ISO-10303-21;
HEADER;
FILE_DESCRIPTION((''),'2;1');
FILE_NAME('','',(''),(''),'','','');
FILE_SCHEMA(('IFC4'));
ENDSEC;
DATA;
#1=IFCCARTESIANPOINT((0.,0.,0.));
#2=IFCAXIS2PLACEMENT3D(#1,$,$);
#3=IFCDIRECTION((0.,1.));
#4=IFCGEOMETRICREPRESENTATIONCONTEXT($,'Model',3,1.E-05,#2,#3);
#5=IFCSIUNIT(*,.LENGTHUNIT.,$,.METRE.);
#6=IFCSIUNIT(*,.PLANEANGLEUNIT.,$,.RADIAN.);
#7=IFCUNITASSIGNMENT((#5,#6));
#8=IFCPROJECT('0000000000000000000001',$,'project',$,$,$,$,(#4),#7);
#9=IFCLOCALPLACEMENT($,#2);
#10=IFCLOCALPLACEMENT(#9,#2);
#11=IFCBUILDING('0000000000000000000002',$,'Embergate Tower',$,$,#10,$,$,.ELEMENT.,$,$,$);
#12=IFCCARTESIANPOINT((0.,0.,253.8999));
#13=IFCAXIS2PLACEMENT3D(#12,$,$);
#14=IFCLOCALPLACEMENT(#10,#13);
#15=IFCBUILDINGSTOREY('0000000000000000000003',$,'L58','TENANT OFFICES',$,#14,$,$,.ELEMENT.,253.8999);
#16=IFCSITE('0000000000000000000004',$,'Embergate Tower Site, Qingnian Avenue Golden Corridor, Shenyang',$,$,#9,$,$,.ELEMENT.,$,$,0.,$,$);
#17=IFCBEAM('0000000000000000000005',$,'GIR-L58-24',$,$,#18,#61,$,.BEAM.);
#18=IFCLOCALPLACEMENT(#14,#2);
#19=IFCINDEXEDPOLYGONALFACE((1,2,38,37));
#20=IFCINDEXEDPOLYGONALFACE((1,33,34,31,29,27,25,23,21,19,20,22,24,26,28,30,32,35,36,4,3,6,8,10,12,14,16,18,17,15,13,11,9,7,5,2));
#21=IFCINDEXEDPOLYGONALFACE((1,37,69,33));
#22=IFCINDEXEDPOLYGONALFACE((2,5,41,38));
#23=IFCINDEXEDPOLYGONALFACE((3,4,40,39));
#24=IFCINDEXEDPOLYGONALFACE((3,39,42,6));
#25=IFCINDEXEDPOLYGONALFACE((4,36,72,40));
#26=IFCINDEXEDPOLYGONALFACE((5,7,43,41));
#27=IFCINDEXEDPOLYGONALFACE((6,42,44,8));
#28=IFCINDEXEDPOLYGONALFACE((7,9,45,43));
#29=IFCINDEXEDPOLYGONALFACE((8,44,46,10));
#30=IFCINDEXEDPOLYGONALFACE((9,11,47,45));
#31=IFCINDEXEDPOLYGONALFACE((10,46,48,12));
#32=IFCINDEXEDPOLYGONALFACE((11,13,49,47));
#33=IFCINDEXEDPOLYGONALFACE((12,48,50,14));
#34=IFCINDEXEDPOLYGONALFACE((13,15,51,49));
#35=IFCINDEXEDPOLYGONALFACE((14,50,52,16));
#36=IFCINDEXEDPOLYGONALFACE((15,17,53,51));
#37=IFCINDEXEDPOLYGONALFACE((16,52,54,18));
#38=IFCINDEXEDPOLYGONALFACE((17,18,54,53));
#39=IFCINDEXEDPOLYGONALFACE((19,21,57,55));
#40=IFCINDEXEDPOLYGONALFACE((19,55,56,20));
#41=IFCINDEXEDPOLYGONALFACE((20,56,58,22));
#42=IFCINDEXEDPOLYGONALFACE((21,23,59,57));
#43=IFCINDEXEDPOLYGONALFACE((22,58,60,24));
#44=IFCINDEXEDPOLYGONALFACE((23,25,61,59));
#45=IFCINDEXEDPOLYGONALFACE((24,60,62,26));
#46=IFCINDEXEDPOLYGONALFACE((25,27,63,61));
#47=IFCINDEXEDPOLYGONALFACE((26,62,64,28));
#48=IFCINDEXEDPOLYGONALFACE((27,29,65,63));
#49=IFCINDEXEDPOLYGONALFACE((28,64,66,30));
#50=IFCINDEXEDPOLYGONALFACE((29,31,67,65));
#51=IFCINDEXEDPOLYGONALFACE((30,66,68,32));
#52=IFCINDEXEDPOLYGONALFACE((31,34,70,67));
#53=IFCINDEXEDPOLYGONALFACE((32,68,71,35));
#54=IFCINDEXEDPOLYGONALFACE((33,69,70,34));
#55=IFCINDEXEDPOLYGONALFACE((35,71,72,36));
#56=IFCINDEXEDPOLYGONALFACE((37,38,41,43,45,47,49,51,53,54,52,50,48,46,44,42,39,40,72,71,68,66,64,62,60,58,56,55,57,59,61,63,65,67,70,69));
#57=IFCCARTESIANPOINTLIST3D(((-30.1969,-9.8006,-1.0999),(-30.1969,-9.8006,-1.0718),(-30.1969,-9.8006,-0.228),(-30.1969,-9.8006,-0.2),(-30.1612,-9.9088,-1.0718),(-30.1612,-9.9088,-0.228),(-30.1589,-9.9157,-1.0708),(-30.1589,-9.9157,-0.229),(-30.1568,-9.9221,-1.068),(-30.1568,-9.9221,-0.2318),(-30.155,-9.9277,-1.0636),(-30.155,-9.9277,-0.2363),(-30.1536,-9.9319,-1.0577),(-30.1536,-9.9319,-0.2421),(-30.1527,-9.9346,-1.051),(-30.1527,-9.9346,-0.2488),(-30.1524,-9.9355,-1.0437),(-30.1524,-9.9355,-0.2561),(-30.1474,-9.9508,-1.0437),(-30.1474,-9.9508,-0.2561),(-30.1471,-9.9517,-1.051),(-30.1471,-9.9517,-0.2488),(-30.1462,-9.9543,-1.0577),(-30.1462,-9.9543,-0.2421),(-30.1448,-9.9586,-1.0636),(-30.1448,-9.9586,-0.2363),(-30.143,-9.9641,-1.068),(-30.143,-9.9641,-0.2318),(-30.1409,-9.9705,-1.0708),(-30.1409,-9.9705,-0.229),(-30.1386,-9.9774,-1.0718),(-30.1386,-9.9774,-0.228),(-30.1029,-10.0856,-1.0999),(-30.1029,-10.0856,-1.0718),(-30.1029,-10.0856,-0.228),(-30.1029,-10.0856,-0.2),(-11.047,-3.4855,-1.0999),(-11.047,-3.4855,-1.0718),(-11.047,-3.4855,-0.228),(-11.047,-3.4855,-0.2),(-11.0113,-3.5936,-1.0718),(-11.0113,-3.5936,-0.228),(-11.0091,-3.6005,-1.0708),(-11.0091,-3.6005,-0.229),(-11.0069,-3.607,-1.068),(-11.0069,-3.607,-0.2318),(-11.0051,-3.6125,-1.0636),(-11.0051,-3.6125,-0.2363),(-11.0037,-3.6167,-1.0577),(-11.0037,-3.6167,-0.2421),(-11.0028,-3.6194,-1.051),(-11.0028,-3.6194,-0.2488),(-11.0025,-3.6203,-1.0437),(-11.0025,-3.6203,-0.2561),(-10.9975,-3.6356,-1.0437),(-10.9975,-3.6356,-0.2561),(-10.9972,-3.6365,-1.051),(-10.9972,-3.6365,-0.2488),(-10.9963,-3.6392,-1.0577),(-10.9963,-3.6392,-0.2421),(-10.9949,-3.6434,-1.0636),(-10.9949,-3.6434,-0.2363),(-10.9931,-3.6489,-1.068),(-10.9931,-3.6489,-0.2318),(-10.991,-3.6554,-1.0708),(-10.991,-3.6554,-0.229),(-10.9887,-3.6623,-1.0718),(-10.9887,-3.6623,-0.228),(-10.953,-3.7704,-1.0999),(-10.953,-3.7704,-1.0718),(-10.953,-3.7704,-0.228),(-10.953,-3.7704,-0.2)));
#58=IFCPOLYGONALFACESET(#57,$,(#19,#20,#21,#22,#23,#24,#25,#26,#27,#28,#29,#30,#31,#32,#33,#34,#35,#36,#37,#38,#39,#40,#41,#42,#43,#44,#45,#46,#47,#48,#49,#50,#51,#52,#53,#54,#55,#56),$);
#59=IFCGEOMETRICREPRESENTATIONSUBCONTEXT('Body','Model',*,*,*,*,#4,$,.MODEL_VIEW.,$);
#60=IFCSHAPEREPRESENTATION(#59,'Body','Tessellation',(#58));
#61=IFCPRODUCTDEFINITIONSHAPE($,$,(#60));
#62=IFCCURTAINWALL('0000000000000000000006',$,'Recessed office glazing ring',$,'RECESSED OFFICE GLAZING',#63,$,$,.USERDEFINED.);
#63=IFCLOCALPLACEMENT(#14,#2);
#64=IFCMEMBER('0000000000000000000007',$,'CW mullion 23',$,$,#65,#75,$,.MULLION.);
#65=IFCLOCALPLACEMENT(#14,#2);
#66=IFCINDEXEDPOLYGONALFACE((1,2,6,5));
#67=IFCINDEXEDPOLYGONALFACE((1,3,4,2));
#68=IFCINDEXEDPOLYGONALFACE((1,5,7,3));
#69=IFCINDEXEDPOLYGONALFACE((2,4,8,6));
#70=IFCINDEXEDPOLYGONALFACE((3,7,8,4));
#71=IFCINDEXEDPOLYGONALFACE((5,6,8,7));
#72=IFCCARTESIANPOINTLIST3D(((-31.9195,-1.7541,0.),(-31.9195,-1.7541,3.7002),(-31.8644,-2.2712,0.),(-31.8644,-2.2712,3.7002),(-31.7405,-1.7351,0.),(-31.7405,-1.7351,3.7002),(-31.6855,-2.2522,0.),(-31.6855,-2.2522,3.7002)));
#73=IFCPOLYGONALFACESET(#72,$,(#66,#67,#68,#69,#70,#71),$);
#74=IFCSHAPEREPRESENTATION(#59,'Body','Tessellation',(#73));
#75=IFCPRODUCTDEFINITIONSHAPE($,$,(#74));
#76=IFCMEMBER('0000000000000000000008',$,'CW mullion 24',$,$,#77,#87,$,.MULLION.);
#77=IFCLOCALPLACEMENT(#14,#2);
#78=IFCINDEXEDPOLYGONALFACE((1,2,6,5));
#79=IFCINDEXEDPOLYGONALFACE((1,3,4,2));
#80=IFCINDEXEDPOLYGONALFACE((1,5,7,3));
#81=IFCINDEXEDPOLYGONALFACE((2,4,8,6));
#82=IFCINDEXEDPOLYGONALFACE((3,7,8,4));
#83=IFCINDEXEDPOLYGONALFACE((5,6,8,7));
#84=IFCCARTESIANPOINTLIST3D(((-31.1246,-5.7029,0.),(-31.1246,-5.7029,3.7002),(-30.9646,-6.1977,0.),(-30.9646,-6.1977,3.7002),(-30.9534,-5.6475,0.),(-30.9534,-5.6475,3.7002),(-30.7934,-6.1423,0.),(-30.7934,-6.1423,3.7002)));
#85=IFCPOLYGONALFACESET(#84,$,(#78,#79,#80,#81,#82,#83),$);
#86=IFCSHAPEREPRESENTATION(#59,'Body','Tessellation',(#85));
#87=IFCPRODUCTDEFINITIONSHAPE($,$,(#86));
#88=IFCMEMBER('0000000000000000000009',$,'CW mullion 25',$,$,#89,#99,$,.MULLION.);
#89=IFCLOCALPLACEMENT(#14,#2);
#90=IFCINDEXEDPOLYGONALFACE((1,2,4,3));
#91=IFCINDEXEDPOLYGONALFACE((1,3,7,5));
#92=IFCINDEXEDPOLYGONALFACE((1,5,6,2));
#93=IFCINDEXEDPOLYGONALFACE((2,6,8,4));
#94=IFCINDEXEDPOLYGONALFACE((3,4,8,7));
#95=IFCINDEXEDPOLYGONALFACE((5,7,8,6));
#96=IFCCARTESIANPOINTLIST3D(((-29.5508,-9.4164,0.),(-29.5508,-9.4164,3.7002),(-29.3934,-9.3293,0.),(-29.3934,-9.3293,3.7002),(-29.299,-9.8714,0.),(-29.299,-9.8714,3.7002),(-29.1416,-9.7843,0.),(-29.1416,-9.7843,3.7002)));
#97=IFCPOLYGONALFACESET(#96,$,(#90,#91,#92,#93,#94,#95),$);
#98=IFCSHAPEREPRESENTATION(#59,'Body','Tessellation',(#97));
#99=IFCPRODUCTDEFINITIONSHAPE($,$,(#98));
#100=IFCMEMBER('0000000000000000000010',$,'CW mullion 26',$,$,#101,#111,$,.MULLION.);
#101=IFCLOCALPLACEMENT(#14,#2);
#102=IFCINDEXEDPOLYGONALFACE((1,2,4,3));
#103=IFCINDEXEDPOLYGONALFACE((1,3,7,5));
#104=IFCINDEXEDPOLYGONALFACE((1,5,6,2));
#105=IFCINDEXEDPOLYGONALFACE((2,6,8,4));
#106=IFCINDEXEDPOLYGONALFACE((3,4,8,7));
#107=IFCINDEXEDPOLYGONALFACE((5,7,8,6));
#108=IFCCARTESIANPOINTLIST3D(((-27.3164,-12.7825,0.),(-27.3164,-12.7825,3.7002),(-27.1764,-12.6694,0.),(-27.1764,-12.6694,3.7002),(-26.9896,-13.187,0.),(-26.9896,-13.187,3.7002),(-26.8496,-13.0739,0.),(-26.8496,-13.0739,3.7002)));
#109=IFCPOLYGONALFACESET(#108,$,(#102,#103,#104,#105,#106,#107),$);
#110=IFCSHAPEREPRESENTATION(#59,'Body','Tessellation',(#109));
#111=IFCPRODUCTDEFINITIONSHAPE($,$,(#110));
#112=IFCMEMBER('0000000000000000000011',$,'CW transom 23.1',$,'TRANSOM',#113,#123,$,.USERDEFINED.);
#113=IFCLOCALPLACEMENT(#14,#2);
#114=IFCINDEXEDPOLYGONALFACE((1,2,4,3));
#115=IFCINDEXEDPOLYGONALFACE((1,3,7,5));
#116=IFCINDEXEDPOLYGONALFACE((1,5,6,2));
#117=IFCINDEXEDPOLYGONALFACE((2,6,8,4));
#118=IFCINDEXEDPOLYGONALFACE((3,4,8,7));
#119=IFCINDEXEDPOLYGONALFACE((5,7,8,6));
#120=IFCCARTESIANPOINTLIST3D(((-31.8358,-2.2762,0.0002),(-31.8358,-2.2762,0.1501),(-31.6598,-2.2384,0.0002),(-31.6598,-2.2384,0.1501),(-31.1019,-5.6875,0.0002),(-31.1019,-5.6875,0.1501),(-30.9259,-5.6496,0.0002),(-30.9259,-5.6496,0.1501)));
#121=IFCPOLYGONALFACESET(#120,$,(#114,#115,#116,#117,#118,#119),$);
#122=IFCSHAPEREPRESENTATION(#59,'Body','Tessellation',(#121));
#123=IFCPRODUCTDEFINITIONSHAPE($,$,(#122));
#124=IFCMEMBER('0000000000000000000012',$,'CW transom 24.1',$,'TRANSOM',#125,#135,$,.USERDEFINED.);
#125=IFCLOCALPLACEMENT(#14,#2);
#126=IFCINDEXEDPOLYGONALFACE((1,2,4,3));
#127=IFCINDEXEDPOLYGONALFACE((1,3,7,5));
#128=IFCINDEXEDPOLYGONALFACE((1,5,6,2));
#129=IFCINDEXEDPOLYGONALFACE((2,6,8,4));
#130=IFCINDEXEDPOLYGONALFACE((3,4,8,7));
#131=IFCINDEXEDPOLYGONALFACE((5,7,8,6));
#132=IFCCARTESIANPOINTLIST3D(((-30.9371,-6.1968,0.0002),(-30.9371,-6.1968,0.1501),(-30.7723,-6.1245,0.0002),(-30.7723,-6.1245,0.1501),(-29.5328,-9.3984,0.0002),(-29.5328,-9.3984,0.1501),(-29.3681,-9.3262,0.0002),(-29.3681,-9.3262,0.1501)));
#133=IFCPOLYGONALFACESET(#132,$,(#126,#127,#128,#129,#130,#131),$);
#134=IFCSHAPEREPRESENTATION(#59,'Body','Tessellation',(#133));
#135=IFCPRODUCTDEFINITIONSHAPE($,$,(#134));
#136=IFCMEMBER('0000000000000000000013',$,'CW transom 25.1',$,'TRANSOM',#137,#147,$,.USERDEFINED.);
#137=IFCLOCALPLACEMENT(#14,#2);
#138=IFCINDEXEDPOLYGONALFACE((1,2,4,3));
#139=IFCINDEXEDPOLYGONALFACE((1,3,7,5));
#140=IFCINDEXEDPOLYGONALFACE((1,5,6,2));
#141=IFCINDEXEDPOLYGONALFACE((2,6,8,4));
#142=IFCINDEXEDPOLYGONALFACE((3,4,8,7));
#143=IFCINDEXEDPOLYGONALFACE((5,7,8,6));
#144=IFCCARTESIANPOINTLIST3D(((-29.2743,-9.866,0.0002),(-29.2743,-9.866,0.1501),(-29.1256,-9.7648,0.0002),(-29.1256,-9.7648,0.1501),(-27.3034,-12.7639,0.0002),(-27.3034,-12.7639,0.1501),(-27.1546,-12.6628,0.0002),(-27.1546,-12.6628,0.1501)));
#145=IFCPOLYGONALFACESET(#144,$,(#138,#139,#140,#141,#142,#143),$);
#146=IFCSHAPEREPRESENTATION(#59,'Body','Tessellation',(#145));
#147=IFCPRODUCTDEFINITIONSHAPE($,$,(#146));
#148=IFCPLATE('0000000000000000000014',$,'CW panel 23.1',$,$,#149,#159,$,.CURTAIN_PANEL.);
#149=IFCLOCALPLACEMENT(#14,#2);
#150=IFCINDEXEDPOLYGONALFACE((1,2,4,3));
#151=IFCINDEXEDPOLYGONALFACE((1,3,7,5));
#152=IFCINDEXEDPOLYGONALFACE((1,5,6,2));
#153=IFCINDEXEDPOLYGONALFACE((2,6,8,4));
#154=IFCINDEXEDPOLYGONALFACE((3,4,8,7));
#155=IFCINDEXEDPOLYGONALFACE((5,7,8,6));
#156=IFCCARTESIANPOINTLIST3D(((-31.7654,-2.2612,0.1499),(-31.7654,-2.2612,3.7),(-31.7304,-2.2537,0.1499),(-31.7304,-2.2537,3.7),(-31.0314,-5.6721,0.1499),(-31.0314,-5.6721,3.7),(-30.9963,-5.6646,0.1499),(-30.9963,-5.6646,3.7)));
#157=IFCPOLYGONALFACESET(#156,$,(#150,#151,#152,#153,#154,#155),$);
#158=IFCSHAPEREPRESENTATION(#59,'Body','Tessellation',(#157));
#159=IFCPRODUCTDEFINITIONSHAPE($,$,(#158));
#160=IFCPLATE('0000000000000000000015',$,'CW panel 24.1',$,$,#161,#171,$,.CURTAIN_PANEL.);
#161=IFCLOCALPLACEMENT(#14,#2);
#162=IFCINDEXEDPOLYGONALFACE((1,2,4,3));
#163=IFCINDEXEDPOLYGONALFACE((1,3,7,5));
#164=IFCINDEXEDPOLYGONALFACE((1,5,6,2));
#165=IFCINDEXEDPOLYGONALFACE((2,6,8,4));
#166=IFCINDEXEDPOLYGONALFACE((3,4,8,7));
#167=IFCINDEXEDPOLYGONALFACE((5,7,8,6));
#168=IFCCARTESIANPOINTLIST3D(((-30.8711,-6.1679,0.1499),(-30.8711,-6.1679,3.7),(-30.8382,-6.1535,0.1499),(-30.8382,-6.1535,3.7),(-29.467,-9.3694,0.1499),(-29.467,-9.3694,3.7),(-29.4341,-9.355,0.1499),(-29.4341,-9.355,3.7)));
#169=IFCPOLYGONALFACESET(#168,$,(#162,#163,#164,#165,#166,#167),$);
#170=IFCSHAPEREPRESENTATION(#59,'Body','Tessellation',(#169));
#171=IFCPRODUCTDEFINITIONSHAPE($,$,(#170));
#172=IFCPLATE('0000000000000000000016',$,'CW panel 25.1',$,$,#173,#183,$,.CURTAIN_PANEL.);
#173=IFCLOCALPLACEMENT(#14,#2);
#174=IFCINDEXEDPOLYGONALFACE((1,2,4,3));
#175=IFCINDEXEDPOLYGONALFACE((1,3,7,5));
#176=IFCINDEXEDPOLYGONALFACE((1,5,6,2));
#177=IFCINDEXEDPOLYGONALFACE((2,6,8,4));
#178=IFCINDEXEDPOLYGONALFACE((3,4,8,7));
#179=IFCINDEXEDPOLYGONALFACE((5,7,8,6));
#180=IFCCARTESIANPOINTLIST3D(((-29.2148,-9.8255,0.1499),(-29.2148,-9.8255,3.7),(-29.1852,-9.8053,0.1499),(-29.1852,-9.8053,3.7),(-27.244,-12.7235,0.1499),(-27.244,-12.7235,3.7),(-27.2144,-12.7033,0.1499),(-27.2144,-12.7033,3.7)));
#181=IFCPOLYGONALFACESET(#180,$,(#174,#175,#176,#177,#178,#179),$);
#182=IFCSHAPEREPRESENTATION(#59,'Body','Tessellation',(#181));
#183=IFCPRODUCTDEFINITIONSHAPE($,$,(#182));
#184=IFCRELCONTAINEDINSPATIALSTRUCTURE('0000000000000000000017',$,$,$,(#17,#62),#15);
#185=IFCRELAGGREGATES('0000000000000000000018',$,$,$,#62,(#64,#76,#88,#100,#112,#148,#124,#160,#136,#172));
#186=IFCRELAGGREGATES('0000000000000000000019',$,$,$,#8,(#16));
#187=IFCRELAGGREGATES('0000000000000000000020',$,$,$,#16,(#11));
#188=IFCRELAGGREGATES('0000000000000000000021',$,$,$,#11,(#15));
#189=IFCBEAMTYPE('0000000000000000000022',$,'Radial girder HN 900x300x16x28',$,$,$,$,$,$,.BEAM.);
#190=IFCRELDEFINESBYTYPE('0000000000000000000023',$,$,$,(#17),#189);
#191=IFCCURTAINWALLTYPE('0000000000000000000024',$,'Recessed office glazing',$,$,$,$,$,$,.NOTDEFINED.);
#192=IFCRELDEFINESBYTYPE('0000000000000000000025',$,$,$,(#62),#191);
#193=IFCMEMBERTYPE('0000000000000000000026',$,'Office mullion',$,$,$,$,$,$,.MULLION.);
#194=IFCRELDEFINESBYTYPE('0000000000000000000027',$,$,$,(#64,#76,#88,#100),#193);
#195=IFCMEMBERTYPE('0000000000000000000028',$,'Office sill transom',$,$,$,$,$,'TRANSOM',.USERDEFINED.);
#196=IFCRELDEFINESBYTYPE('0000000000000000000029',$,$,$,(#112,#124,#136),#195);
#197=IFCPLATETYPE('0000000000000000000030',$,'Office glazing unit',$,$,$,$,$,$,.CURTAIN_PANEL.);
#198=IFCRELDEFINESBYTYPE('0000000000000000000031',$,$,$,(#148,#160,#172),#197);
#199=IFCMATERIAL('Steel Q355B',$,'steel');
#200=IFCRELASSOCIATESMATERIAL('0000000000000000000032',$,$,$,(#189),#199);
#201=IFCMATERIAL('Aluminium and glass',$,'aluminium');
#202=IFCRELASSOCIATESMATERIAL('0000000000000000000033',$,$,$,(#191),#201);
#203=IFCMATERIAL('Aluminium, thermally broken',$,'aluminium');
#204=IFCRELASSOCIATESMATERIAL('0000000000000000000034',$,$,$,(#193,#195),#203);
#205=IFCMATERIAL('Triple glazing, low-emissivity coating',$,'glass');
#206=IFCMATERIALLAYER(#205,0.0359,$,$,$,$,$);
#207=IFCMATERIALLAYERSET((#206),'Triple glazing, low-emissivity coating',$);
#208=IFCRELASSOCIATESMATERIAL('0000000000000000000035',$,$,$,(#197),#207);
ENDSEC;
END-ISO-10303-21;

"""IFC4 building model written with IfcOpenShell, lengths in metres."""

from ifc_helpers import new_model, si_unit, direction, frame, origin, origin_2d, place, context, subcontext, project, spatial, rectangle, i_section, extrude, source, transform, mapped, material, layer, layer_set, material_profile, profile_set, type_object, element, aggregate, save


model = new_model("IFC4")

# Units and contexts
model_context = context("Model", 3, precision=1e-05, world=origin(), true_north=direction((0.0, 1.0)))
body_context = subcontext(model_context, "Body", "Model", "MODEL_VIEW")
ifc_project = project(units=[si_unit("LENGTHUNIT", "METRE"), si_unit("PLANEANGLEUNIT", "RADIAN")], contexts=[model_context])

# Site, building, storey
site_placement = place(None, origin())
site = spatial("IfcSite", under=ifc_project, at=site_placement, Name="Embergate Tower Site, Qingnian Avenue Golden Corridor, Shenyang", CompositionType="ELEMENT", RefElevation=0.0)
building_placement = place(site_placement, origin())
building = spatial("IfcBuilding", under=site, at=building_placement, Name="Embergate Tower", CompositionType="ELEMENT")
storey_placement = place(building_placement, frame((0.0, 0.0, 253.8999)))
storey = spatial("IfcBuildingStorey", under=building, at=storey_placement, Name="L58", Description="TENANT OFFICES", CompositionType="ELEMENT", Elevation=253.8999)

# Beam
ifc_material_1 = material(Name="Steel Q355B", Category="steel")
ifc_material_profile_1 = material_profile(ifc_material_1, i_section(OverallWidth=0.3, OverallDepth=0.8999, WebThickness=0.0161, FlangeThickness=0.0281, FilletRadius=0.0281, at=origin_2d()), Name="HN 900x300x16x28")
ifc_profile_set_1 = profile_set([ifc_material_profile_1], Name="Steel Q355 grade B")
beam_type_1 = type_object("IfcBeamType", Name="Radial girder HN 900x300x16x28", PredefinedType="BEAM", material=ifc_profile_set_1)
shared_shape_1 = source(origin(), body_context, "Body", "SweptSolid", [
    extrude(i_section(OverallWidth=0.3, OverallDepth=0.8999, WebThickness=0.0161, FlangeThickness=0.0281, FilletRadius=0.0281, at=origin_2d()), origin(), (0.0, 0.0, 1.0), 20.1643),
])
beam_1_placement = place(storey_placement, frame((-30.1499, -9.9431, -0.6499), z_axis=(0.949692, 0.313186, 0.0), x_axis=(-0.313186, 0.949692, 0.0)))
element("IfcBeam", 1, at=beam_1_placement, inside=storey, type_object=beam_type_1, Name="GIR-L58-24", PredefinedType="BEAM", context=body_context, shape_type="MappedRepresentation", body=[
    mapped(shared_shape_1, transform((0.0, 0.0, 0.0))),
])

# Curtain wall, members, plates
ifc_material_2 = material(Name="Aluminium and glass", Category="aluminium")
curtain_wall_type = type_object("IfcCurtainWallType", Name="Recessed office glazing", PredefinedType="NOTDEFINED", material=ifc_material_2)
curtain_wall_placement = place(storey_placement, origin())
curtain_wall = element("IfcCurtainWall", 2, at=curtain_wall_placement, inside=storey, type_object=curtain_wall_type, Name="Recessed office glazing ring", ObjectType="RECESSED OFFICE GLAZING", PredefinedType="USERDEFINED")
ifc_material_3 = material(Name="Aluminium, thermally broken", Category="aluminium")
ifc_material_profile_2 = material_profile(ifc_material_3, rectangle(XDim=0.1799, YDim=0.52, at=origin_2d()), Name="AL 520x180")
ifc_profile_set_2 = profile_set([ifc_material_profile_2], Name="Aluminium, thermally broken")
member_type_1 = type_object("IfcMemberType", Name="Office mullion", PredefinedType="MULLION", material=ifc_profile_set_2)
shared_shape_2 = source(origin(), body_context, "Body", "SweptSolid", [
    extrude(rectangle(XDim=0.1799, YDim=0.52, at=origin_2d()), origin(), (0.0, 0.0, 1.0), 3.7002),
])
member_1_placement = place(storey_placement, frame((-31.8025, -2.0032, 0.0), z_axis=(0.0, 0.0, 1.0), x_axis=(0.994384, 0.105828, 0.0)))
member_1 = element("IfcMember", 3, at=member_1_placement, type_object=member_type_1, Name="CW mullion 23", PredefinedType="MULLION", context=body_context, shape_type="MappedRepresentation", body=[
    mapped(shared_shape_2, transform((0.0, 0.0, 0.0))),
])
member_2_placement = place(storey_placement, frame((-30.959, -5.9226, 0.0), z_axis=(0.0, 0.0, 1.0), x_axis=(0.951494, 0.307667, 0.0)))
member_2 = element("IfcMember", 4, at=member_2_placement, type_object=member_type_1, Name="CW mullion 24", PredefinedType="MULLION", context=body_context, shape_type="MappedRepresentation", body=[
    mapped(shared_shape_2, transform((0.0, 0.0, 0.0))),
])
member_3_placement = place(storey_placement, frame((-29.3462, -9.6003, 0.0), z_axis=(0.0, 0.0, 1.0), x_axis=(0.874994, 0.484133, 0.0)))
member_3 = element("IfcMember", 5, at=member_3_placement, type_object=member_type_1, Name="CW mullion 25", PredefinedType="MULLION", context=body_context, shape_type="MappedRepresentation", body=[
    mapped(shared_shape_2, transform((0.0, 0.0, 0.0))),
])
member_4_placement = place(storey_placement, frame((-27.083, -12.9282, 0.0), z_axis=(0.0, 0.0, 1.0), x_axis=(0.777864, 0.628433, 0.0)))
member_4 = element("IfcMember", 6, at=member_4_placement, type_object=member_type_1, Name="CW mullion 26", PredefinedType="MULLION", context=body_context, shape_type="MappedRepresentation", body=[
    mapped(shared_shape_2, transform((0.0, 0.0, 0.0))),
])
ifc_material_profile_3 = material_profile(ifc_material_3, rectangle(XDim=0.1799, YDim=0.1499, at=origin_2d()), Name="AL 150x180")
ifc_profile_set_3 = profile_set([ifc_material_profile_3], Name="Aluminium, thermally broken")
member_type_2 = type_object("IfcMemberType", Name="Office sill transom", ElementType="TRANSOM", PredefinedType="USERDEFINED", material=ifc_profile_set_3)
shared_shape_3 = source(origin(), body_context, "Body", "SweptSolid", [
    extrude(rectangle(XDim=0.1799, YDim=0.1499, at=origin_2d()), origin(), (0.0, 0.0, 1.0), 3.4893),
])
member_5_placement = place(storey_placement, frame((-31.7478, -2.2573, 0.0752), z_axis=(0.210332, -0.97763, 0.0), x_axis=(0.97763, 0.210332, 0.0)))
member_5 = element("IfcMember", 7, at=member_5_placement, type_object=member_type_2, Name="CW transom 23.1", ObjectType="TRANSOM", PredefinedType="USERDEFINED", context=body_context, shape_type="MappedRepresentation", body=[
    mapped(shared_shape_3, transform((0.0, 0.0, 0.0))),
])
shared_shape_4 = source(origin(), body_context, "Body", "SweptSolid", [
    extrude(rectangle(XDim=0.1799, YDim=0.1499, at=origin_2d()), origin(), (0.0, 0.0, 1.0), 3.4961),
])
member_6_placement = place(storey_placement, frame((-30.8547, -6.1606, 0.0752), z_axis=(0.401676, -0.915782, 0.0), x_axis=(0.915782, 0.401676, 0.0)))
member_6 = element("IfcMember", 8, at=member_6_placement, type_object=member_type_2, Name="CW transom 24.1", ObjectType="TRANSOM", PredefinedType="USERDEFINED", context=body_context, shape_type="MappedRepresentation", body=[
    mapped(shared_shape_4, transform((0.0, 0.0, 0.0))),
])
shared_shape_5 = source(origin(), body_context, "Body", "SweptSolid", [
    extrude(rectangle(XDim=0.1799, YDim=0.1499, at=origin_2d()), origin(), (0.0, 0.0, 1.0), 3.5046),
])
member_7_placement = place(storey_placement, frame((-29.2, -9.8154, 0.0752), z_axis=(0.562377, -0.826881, 0.0), x_axis=(0.826881, 0.562377, 0.0)))
member_7 = element("IfcMember", 9, at=member_7_placement, type_object=member_type_2, Name="CW transom 25.1", ObjectType="TRANSOM", PredefinedType="USERDEFINED", context=body_context, shape_type="MappedRepresentation", body=[
    mapped(shared_shape_5, transform((0.0, 0.0, 0.0))),
])
ifc_material_4 = material(Name="Triple glazing, low-emissivity coating", Category="glass")
ifc_layer_1 = layer(ifc_material_4, 0.0359)
ifc_layer_set_1 = layer_set([ifc_layer_1], Name="Triple glazing, low-emissivity coating")
plate_type = type_object("IfcPlateType", Name="Office glazing unit", PredefinedType="CURTAIN_PANEL", material=ifc_layer_set_1)
shared_shape_6 = source(origin(), body_context, "Body", "SweptSolid", [
    extrude(rectangle(XDim=3.489, YDim=0.0359, at=origin_2d()), origin(), (0.0, 0.0, 1.0), 3.55),
])
plate_1_placement = place(storey_placement, frame((-31.3809, -3.9629, 0.1499), z_axis=(0.0, 0.0, 1.0), x_axis=(0.210402, -0.977615, 0.0)))
plate_1 = element("IfcPlate", 10, at=plate_1_placement, type_object=plate_type, Name="CW panel 23.1", PredefinedType="CURTAIN_PANEL", context=body_context, shape_type="MappedRepresentation", body=[
    mapped(shared_shape_6, transform((0.0, 0.0, 0.0))),
])
shared_shape_7 = source(origin(), body_context, "Body", "SweptSolid", [
    extrude(rectangle(XDim=3.4958, YDim=0.0359, at=origin_2d()), origin(), (0.0, 0.0, 1.0), 3.55),
])
plate_2_placement = place(storey_placement, frame((-30.1526, -7.7615, 0.1499), z_axis=(0.0, 0.0, 1.0), x_axis=(0.401657, -0.91579, 0.0)))
plate_2 = element("IfcPlate", 11, at=plate_2_placement, type_object=plate_type, Name="CW panel 24.1", PredefinedType="CURTAIN_PANEL", context=body_context, shape_type="MappedRepresentation", body=[
    mapped(shared_shape_7, transform((0.0, 0.0, 0.0))),
])
shared_shape_8 = source(origin(), body_context, "Body", "SweptSolid", [
    extrude(rectangle(XDim=3.5046, YDim=0.0359, at=origin_2d()), origin(), (0.0, 0.0, 1.0), 3.55),
])
plate_3_placement = place(storey_placement, frame((-28.2146, -11.2644, 0.1499), z_axis=(0.0, 0.0, 1.0), x_axis=(0.562346, -0.826902, 0.0)))
plate_3 = element("IfcPlate", 12, at=plate_3_placement, type_object=plate_type, Name="CW panel 25.1", PredefinedType="CURTAIN_PANEL", context=body_context, shape_type="MappedRepresentation", body=[
    mapped(shared_shape_8, transform((0.0, 0.0, 0.0))),
])
aggregate(curtain_wall, [member_1, member_2, member_3, member_4, member_5, plate_1, member_6, plate_2, member_7, plate_3])

save(model, "model.ifc")
